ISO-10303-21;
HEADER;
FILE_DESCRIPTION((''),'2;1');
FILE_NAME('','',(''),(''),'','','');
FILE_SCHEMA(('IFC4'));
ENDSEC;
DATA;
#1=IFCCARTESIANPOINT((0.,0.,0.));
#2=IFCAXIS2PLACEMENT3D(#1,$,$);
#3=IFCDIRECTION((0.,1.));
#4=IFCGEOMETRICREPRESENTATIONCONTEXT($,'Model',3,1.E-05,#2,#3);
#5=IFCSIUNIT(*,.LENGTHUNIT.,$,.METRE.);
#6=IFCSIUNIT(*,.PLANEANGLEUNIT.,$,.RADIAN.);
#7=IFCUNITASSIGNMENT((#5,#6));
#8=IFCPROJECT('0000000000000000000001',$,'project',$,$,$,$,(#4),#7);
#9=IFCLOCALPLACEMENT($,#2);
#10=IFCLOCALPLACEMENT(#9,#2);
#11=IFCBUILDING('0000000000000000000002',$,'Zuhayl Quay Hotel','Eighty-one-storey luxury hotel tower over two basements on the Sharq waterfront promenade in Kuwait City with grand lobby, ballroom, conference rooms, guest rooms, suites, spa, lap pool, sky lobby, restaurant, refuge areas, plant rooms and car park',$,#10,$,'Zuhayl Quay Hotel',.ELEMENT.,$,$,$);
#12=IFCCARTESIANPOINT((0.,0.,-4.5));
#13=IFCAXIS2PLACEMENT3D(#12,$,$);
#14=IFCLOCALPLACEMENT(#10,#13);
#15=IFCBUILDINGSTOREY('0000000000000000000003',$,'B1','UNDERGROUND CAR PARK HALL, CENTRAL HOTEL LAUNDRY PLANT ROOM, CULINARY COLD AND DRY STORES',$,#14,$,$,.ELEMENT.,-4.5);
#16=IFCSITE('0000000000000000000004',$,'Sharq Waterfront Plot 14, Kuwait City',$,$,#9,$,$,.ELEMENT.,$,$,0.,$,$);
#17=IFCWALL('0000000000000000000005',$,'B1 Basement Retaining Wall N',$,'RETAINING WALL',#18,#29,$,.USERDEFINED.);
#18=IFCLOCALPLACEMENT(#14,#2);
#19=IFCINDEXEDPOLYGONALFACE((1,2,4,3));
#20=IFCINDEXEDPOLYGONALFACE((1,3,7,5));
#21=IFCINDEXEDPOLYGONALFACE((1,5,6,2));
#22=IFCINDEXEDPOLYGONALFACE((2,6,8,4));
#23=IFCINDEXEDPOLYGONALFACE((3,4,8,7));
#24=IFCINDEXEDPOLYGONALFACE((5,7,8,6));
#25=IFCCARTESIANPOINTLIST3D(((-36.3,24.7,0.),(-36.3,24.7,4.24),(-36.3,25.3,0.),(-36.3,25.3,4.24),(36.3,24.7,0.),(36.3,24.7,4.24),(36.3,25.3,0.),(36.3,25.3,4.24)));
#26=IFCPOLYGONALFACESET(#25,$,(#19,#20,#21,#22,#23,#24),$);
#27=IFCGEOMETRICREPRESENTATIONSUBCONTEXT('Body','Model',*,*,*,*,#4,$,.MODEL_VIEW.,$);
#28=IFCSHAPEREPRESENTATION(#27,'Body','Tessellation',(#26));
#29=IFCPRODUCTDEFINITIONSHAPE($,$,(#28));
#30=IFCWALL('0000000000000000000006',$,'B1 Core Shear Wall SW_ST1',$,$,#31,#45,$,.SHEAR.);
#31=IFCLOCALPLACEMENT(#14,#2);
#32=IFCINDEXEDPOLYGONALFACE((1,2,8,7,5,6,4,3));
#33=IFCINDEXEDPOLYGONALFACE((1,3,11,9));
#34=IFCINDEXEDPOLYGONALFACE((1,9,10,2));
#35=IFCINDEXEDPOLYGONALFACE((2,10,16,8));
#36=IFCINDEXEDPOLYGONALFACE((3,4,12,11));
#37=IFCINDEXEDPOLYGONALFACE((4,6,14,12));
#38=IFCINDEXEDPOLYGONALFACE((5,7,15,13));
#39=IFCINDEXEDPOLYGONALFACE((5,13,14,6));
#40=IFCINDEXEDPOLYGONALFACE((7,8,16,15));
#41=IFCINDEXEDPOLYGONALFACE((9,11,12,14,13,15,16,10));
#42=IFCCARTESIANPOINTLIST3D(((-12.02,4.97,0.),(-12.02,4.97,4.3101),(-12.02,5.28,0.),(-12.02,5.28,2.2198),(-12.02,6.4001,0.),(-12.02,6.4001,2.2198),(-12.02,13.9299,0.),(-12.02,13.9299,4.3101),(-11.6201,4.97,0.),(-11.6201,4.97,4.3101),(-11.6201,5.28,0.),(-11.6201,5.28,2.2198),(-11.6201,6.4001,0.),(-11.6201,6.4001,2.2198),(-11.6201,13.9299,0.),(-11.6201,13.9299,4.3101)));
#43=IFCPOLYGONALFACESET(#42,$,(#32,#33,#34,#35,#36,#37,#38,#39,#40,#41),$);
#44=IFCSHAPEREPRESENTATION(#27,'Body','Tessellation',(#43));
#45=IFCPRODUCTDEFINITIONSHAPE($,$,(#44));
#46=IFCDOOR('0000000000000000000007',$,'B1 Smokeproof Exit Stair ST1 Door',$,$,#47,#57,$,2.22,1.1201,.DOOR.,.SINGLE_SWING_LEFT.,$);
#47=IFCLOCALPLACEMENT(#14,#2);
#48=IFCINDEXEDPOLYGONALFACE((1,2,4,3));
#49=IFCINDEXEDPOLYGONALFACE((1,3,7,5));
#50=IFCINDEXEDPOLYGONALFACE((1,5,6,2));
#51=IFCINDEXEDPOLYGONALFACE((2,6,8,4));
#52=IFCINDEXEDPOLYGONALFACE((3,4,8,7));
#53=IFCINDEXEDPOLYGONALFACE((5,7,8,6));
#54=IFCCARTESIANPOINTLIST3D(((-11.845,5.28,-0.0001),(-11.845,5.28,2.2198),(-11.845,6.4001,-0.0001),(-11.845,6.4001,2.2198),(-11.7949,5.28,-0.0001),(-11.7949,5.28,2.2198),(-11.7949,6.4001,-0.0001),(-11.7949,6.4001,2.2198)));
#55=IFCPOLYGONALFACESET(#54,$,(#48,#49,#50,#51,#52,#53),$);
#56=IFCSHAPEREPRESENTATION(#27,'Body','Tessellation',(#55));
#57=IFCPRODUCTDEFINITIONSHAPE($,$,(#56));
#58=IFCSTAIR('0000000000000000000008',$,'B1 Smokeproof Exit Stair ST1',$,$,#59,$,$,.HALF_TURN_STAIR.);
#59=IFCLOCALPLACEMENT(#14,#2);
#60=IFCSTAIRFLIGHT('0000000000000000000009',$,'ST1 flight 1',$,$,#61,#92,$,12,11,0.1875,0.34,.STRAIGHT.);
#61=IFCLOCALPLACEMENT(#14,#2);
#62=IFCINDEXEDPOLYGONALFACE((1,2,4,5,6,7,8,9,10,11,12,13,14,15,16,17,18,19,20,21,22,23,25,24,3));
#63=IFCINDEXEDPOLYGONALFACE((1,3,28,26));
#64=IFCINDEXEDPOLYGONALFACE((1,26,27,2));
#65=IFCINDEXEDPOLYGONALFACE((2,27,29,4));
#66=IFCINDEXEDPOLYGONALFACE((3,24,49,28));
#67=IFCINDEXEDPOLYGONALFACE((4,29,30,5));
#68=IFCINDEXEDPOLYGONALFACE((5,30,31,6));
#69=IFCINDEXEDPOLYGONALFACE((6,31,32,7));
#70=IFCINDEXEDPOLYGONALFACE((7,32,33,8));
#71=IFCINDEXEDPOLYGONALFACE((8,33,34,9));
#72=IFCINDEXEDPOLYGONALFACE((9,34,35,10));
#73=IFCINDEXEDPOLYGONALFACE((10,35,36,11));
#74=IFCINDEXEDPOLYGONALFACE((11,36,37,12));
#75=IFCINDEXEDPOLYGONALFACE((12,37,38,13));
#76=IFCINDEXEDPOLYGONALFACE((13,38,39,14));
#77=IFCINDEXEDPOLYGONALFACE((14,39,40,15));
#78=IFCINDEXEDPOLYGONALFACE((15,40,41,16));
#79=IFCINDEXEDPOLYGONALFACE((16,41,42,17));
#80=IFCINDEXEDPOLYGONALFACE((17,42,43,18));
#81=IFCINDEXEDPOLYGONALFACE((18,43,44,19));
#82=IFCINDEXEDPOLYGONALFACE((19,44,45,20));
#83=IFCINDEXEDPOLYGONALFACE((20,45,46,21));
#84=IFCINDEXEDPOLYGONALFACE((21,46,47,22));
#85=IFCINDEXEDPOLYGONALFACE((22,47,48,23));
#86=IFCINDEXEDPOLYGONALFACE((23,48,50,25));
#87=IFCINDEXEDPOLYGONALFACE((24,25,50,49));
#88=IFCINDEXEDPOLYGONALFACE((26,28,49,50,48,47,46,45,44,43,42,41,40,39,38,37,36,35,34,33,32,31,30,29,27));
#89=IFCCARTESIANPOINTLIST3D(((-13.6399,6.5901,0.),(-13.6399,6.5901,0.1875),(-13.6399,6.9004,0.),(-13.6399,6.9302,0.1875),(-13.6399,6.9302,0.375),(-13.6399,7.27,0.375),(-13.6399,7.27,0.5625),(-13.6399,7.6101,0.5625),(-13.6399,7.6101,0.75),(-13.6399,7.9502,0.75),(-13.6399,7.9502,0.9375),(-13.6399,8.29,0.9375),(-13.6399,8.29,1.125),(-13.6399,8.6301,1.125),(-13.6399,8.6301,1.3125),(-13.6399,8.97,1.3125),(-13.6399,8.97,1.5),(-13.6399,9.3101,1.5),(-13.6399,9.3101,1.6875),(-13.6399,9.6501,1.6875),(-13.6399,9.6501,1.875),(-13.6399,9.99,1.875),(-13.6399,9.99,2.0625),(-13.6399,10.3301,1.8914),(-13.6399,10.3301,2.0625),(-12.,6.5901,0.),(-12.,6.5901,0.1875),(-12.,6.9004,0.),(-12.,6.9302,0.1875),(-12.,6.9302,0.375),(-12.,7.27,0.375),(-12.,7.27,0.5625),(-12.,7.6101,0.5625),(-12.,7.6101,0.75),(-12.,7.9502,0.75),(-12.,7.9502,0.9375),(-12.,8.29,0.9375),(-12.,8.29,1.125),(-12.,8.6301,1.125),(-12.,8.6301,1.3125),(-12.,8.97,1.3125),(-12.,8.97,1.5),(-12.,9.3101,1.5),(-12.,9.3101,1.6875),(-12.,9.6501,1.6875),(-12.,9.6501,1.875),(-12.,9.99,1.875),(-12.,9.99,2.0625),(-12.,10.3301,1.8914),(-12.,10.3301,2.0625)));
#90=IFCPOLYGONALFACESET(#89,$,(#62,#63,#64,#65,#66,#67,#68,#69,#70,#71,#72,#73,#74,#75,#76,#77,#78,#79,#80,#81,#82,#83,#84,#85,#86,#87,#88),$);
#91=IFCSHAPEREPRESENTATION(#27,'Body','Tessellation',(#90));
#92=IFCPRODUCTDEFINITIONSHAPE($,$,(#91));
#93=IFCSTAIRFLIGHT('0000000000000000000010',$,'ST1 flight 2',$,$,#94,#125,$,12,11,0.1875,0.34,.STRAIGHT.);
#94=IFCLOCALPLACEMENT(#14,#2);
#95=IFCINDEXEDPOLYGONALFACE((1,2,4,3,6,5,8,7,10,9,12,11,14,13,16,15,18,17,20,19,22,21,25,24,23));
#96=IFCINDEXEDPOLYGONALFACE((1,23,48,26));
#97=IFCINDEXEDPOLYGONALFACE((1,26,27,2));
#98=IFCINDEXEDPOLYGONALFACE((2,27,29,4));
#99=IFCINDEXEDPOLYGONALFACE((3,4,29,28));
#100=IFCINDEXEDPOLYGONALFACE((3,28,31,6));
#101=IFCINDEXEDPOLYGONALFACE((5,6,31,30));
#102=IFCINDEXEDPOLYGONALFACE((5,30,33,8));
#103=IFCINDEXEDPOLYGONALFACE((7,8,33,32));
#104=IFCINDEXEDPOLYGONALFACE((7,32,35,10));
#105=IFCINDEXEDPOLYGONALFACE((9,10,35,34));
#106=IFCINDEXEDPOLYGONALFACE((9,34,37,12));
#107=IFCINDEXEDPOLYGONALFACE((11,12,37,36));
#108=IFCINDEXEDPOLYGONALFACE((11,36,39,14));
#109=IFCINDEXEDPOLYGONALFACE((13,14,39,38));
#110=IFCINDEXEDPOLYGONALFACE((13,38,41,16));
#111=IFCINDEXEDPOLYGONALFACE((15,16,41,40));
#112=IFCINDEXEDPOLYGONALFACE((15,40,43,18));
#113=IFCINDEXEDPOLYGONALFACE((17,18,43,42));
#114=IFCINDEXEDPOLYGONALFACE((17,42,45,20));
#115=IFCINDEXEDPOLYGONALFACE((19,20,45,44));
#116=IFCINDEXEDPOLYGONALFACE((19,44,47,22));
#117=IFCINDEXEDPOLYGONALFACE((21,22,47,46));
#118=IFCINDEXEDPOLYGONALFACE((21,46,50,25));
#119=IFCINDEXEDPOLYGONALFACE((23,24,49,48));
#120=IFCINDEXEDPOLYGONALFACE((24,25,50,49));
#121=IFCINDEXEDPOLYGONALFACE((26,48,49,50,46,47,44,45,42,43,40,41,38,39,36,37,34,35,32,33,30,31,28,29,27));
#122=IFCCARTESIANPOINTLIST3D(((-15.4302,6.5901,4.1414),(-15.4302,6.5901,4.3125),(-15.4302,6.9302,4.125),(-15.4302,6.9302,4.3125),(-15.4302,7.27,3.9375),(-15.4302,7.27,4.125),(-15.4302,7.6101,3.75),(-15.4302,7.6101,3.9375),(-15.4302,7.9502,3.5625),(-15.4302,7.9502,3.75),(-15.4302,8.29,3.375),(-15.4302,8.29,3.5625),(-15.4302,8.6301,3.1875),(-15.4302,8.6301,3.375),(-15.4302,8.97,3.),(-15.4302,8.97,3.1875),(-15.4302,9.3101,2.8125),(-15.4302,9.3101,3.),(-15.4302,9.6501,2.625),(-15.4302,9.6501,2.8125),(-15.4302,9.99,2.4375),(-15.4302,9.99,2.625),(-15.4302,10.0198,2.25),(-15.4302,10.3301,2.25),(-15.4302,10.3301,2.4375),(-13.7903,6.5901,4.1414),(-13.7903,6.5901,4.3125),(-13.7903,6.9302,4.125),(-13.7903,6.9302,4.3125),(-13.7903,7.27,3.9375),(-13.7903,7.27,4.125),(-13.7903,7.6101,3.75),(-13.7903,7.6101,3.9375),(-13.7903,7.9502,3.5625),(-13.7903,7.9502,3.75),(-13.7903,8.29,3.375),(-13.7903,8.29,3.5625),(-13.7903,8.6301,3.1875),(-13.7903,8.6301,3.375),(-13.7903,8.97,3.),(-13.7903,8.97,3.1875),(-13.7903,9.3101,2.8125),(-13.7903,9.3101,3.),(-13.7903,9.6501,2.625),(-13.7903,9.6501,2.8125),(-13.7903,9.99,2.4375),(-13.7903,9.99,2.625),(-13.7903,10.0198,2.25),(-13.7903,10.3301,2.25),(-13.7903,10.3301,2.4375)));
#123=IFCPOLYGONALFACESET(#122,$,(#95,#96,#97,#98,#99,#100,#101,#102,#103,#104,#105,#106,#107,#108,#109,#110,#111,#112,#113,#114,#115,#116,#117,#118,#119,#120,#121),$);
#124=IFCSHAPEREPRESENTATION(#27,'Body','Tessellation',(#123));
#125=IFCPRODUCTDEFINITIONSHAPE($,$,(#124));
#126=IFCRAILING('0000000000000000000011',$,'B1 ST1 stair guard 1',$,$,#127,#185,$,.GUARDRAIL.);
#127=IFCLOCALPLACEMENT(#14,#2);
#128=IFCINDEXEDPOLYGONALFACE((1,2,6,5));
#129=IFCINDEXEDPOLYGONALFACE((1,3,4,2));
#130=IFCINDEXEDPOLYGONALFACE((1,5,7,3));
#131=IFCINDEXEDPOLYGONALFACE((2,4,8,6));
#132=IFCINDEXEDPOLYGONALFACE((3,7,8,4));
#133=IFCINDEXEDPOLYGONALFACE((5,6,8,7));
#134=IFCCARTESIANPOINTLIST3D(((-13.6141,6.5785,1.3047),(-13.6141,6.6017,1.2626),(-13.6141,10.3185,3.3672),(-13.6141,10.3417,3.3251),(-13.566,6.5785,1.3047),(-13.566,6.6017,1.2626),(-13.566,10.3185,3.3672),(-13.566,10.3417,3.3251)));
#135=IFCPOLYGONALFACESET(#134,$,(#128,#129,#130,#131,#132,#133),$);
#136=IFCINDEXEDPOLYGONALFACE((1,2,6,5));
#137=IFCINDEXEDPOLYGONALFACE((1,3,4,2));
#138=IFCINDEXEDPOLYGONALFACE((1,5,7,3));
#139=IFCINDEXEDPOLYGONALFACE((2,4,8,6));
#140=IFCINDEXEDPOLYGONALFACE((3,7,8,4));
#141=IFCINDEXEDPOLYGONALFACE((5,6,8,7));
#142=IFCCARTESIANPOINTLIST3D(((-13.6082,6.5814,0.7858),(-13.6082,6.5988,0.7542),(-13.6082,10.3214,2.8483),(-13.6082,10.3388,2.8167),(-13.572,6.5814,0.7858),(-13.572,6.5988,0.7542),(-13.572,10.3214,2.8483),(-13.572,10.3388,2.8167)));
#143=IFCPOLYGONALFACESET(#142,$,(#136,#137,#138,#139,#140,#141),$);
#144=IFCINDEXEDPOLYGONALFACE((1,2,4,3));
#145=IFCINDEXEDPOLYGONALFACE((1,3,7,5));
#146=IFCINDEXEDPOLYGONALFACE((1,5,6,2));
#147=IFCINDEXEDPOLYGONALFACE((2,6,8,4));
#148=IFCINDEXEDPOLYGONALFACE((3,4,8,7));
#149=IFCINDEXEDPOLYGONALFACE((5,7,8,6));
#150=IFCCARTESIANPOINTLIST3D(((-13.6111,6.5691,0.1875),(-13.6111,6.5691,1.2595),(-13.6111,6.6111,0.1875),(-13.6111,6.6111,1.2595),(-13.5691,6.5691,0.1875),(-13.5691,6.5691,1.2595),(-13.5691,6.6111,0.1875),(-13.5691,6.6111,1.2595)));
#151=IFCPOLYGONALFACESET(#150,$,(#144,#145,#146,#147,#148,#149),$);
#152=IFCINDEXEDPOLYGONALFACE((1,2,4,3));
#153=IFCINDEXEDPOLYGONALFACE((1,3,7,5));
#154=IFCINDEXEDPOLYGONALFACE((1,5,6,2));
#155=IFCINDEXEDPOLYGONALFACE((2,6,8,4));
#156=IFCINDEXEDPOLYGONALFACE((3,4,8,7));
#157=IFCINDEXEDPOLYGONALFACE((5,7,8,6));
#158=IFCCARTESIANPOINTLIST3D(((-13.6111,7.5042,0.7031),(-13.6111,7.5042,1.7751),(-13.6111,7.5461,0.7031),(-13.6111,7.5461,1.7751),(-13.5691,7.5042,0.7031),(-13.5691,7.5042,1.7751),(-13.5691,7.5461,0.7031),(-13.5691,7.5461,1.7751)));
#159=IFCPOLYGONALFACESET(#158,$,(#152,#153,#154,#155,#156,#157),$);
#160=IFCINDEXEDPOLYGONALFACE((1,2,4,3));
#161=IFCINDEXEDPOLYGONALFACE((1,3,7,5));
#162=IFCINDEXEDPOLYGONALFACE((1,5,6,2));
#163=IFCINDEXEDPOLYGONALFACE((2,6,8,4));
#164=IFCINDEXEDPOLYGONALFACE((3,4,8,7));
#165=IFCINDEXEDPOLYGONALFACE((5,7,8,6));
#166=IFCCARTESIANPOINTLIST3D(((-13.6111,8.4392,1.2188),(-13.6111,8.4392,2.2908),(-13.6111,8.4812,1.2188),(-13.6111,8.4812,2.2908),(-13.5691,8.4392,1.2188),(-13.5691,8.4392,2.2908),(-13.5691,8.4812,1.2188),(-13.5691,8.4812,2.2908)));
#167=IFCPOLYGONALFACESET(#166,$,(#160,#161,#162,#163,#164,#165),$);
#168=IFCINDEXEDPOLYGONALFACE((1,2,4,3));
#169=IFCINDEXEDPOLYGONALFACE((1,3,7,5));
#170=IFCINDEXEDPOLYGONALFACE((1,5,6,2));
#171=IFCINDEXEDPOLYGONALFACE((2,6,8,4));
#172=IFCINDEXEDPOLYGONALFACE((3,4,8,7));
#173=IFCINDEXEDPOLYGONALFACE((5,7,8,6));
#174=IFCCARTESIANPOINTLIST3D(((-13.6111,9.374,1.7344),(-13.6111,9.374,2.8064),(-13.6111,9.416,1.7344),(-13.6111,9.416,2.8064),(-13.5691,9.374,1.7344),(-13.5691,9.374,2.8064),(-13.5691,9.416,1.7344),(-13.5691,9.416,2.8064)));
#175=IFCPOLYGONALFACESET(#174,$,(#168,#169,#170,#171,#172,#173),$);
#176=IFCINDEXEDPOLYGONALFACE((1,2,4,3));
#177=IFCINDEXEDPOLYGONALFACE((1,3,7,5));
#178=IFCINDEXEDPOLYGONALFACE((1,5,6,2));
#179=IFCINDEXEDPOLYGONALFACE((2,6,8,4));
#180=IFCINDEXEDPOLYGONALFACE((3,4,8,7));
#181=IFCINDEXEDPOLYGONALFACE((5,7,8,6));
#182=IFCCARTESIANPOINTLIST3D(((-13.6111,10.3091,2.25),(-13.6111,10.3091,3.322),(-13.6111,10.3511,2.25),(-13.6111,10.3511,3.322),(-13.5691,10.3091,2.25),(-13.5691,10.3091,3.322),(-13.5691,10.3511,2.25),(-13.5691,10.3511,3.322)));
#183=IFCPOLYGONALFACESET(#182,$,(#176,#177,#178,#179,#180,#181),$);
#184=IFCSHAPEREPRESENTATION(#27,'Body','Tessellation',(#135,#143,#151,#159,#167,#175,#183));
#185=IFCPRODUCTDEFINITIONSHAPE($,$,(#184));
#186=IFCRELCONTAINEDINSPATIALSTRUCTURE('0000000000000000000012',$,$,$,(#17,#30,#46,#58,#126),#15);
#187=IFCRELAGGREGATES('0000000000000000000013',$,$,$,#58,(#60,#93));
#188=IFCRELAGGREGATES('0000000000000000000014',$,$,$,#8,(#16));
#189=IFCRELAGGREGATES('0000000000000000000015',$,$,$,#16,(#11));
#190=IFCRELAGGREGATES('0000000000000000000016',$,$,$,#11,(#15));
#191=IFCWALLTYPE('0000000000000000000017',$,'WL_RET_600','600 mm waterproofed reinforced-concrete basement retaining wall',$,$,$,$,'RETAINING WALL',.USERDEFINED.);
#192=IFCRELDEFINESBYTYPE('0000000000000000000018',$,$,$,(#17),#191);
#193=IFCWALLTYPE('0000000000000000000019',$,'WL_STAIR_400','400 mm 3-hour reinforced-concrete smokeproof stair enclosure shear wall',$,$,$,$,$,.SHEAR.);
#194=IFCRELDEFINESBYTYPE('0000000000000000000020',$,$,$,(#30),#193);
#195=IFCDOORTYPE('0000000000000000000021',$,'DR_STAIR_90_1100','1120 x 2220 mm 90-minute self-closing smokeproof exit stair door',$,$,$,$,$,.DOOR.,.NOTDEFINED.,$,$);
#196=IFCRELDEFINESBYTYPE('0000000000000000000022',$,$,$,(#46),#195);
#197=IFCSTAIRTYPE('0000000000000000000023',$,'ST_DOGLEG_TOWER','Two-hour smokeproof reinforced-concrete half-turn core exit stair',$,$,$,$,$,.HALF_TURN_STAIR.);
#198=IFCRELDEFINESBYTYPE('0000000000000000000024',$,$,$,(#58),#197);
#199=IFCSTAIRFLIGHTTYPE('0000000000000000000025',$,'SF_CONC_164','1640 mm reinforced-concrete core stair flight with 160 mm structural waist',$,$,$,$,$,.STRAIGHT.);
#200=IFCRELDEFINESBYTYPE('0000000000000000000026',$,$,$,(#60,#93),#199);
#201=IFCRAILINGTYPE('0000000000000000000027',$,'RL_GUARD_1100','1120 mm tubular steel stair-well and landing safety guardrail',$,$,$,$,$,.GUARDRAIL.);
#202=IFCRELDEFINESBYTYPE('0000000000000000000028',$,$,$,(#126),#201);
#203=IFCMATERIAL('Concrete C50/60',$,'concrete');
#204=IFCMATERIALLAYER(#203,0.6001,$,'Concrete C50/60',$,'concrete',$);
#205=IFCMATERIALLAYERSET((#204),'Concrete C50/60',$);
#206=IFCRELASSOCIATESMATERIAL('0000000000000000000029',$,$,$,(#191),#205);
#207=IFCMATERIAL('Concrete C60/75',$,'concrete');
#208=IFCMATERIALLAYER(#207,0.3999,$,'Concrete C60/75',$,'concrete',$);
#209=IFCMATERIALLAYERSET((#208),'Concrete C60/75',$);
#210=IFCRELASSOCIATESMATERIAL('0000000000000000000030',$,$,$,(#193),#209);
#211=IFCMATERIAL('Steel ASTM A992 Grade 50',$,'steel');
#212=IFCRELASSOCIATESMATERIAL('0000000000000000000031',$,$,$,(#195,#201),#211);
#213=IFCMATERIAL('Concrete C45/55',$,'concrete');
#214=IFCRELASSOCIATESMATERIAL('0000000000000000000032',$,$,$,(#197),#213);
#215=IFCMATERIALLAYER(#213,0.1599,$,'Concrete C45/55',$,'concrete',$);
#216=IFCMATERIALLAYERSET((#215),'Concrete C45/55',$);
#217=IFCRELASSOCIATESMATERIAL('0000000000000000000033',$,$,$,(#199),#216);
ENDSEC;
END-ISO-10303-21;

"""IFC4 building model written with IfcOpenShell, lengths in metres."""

from ifc_helpers import new_model, si_unit, direction, frame, frame_2d, origin, origin_2d, place, context, subcontext, project, spatial, polyline, rectangle, outline, extrude, material, layer, layer_set, type_object, element, fill, aggregate, save


model = new_model("IFC4")

# Units and contexts
model_context = context("Model", 3, precision=1e-05, world=origin(), true_north=direction((0.0, 1.0)))
body_context = subcontext(model_context, "Body", "Model", "MODEL_VIEW")
ifc_project = project(units=[si_unit("LENGTHUNIT", "METRE"), si_unit("PLANEANGLEUNIT", "RADIAN")], contexts=[model_context])

# Site, building, storey
site_placement = place(None, origin())
site = spatial("IfcSite", under=ifc_project, at=site_placement, Name="Sharq Waterfront Plot 14, Kuwait City", CompositionType="ELEMENT", RefElevation=0.0)
building_placement = place(site_placement, origin())
building = spatial("IfcBuilding", under=site, at=building_placement, Name="Zuhayl Quay Hotel", Description="Eighty-one-storey luxury hotel tower over two basements on the Sharq waterfront promenade in Kuwait City with grand lobby, ballroom, conference rooms, guest rooms, suites, spa, lap pool, sky lobby, restaurant, refuge areas, plant rooms and car park", LongName="Zuhayl Quay Hotel", CompositionType="ELEMENT")
storey_placement = place(building_placement, frame((0.0, 0.0, -4.5)))
storey = spatial("IfcBuildingStorey", under=building, at=storey_placement, Name="B1", Description="UNDERGROUND CAR PARK HALL, CENTRAL HOTEL LAUNDRY PLANT ROOM, CULINARY COLD AND DRY STORES", CompositionType="ELEMENT", Elevation=-4.5)

# Shared definitions
ifc_material_1 = material(Name="Concrete C50/60", Category="concrete")

# Shared definitions
ifc_material_2 = material(Name="Steel ASTM A992 Grade 50", Category="steel")

# Wall
ifc_layer_1 = layer(ifc_material_1, 0.6001, Name="Concrete C50/60", Category="concrete")
ifc_layer_set_1 = layer_set([ifc_layer_1], Name="Concrete C50/60")
wall_type_1 = type_object("IfcWallType", Name="WL_RET_600", Description="600 mm waterproofed reinforced-concrete basement retaining wall", ElementType="RETAINING WALL", PredefinedType="USERDEFINED", material=ifc_layer_set_1)
wall_1_placement = place(storey_placement, frame((-36.3, 25.0, 0.0), z_axis=(0.0, 0.0, 1.0), x_axis=(1.0, 0.0, 0.0)))
element("IfcWall", 1, at=wall_1_placement, inside=storey, type_object=wall_type_1, Name="B1 Basement Retaining Wall N", ObjectType="RETAINING WALL", PredefinedType="USERDEFINED", context=body_context, shape_type="SweptSolid", body=[
    extrude(rectangle(XDim=72.6001, YDim=0.6001, at=frame_2d((36.3, 0.0))), origin(), (0.0, 0.0, 1.0), 4.24),
])

# Wall, opening, door
ifc_material_3 = material(Name="Concrete C60/75", Category="concrete")
ifc_layer_2 = layer(ifc_material_3, 0.3999, Name="Concrete C60/75", Category="concrete")
ifc_layer_set_2 = layer_set([ifc_layer_2], Name="Concrete C60/75")
wall_type_2 = type_object("IfcWallType", Name="WL_STAIR_400", Description="400 mm 3-hour reinforced-concrete smokeproof stair enclosure shear wall", PredefinedType="SHEAR", material=ifc_layer_set_2)
wall_2_placement = place(storey_placement, frame((-11.8201, 4.97, 0.0), z_axis=(0.0, 0.0, 1.0), x_axis=(0.0, 1.0, 0.0)))
wall_2 = element("IfcWall", 2, at=wall_2_placement, inside=storey, type_object=wall_type_2, Name="B1 Core Shear Wall SW_ST1", PredefinedType="SHEAR", context=body_context, shape_type="SweptSolid", body=[
    extrude(rectangle(XDim=8.96, YDim=0.3999, at=frame_2d((4.48, 0.0))), origin(), (0.0, 0.0, 1.0), 4.3101),
])
opening_1_placement = place(wall_2_placement, frame((0.3101, 0.0, 0.0)))
opening_1 = element("IfcOpeningElement", 3, at=opening_1_placement, cuts=wall_2, PredefinedType="OPENING", context=body_context, shape_type="SweptSolid", body=[
    extrude(rectangle(XDim=1.1201, YDim=2.22, at=frame_2d((0.5601, 1.1099))), frame((0.0, 0.21, 0.0), z_axis=(0.0, -1.0, 0.0), x_axis=(1.0, 0.0, 0.0)), (0.0, 0.0, 1.0), 0.4199),
])
door_type_1 = type_object("IfcDoorType", Name="DR_STAIR_90_1100", Description="1120 x 2220 mm 90-minute self-closing smokeproof exit stair door", OperationType="NOTDEFINED", PredefinedType="DOOR", material=ifc_material_2)
door_1_placement = place(opening_1_placement, origin())
door_1 = element("IfcDoor", 4, at=door_1_placement, inside=storey, type_object=door_type_1, Name="B1 Smokeproof Exit Stair ST1 Door", OperationType="SINGLE_SWING_LEFT", OverallHeight=2.22, OverallWidth=1.1201, PredefinedType="DOOR", context=body_context, shape_type="SweptSolid", body=[
    extrude(rectangle(XDim=1.1201, YDim=2.22, at=frame_2d((0.5601, 1.1099))), frame((0.0, 0.0249, 0.0), z_axis=(0.0, -1.0, 0.0), x_axis=(1.0, 0.0, 0.0)), (0.0, 0.0, 1.0), 0.05),
])
fill(opening_1, door_1)

# Stair, stair flights
ifc_material_4 = material(Name="Concrete C45/55", Category="concrete")
stair_type = type_object("IfcStairType", Name="ST_DOGLEG_TOWER", Description="Two-hour smokeproof reinforced-concrete half-turn core exit stair", PredefinedType="HALF_TURN_STAIR", material=ifc_material_4)
stair_placement = place(storey_placement, origin())
stair = element("IfcStair", 5, at=stair_placement, inside=storey, type_object=stair_type, Name="B1 Smokeproof Exit Stair ST1", PredefinedType="HALF_TURN_STAIR")
ifc_layer_3 = layer(ifc_material_4, 0.1599, Name="Concrete C45/55", Category="concrete")
ifc_layer_set_3 = layer_set([ifc_layer_3], Name="Concrete C45/55")
stair_flight_type = type_object("IfcStairFlightType", Name="SF_CONC_164", Description="1640 mm reinforced-concrete core stair flight with 160 mm structural waist", PredefinedType="STRAIGHT", material=ifc_layer_set_3)
stair_flight_1_placement = place(storey_placement, frame((-12.8201, 6.5901, 0.0), z_axis=(0.0, 0.0, 1.0), x_axis=(0.0, 1.0, 0.0)))
stair_flight_1 = element("IfcStairFlight", 6, at=stair_flight_1_placement, type_object=stair_flight_type, Name="ST1 flight 1", NumberOfRisers=12, NumberOfTreads=11, PredefinedType="STRAIGHT", RiserHeight=0.1875, TreadLength=0.34, context=body_context, shape_type="SweptSolid", body=[
    extrude(outline(polyline([(0.0, 0.0), (0.0, 0.1875), (0.3401, 0.1875), (0.3401, 0.375), (0.6799, 0.375), (0.6799, 0.5625), (1.02, 0.5625), (1.02, 0.75), (1.3601, 0.75), (1.3601, 0.9375), (1.7, 0.9375), (1.7, 1.125), (2.04, 1.125), (2.04, 1.3125), (2.3799, 1.3125), (2.3799, 1.5), (2.72, 1.5), (2.72, 1.6875), (3.0601, 1.6875), (3.0601, 1.875), (3.3999, 1.875), (3.3999, 2.0625), (3.74, 2.0625), (3.74, 2.25), (3.74, 1.8914), (0.3103, 0.0), (0.0, 0.0)])), frame((0.0, 0.8198, 0.0), z_axis=(0.0, -1.0, 0.0), x_axis=(1.0, 0.0, 0.0)), (0.0, 0.0, 1.0), 1.6399),
])
stair_flight_2_placement = place(storey_placement, frame((-14.6101, 10.3301, 2.25), z_axis=(0.0, 0.0, 1.0), x_axis=(0.0, -1.0, 0.0)))
stair_flight_2 = element("IfcStairFlight", 7, at=stair_flight_2_placement, type_object=stair_flight_type, Name="ST1 flight 2", NumberOfRisers=12, NumberOfTreads=11, PredefinedType="STRAIGHT", RiserHeight=0.1875, TreadLength=0.34, context=body_context, shape_type="SweptSolid", body=[
    extrude(outline(polyline([(0.0, 0.0), (0.0, 0.1875), (0.3401, 0.1875), (0.3401, 0.375), (0.6799, 0.375), (0.6799, 0.5625), (1.02, 0.5625), (1.02, 0.75), (1.3601, 0.75), (1.3601, 0.9375), (1.7, 0.9375), (1.7, 1.125), (2.04, 1.125), (2.04, 1.3125), (2.3799, 1.3125), (2.3799, 1.5), (2.72, 1.5), (2.72, 1.6875), (3.0601, 1.6875), (3.0601, 1.875), (3.3999, 1.875), (3.3999, 2.0625), (3.74, 2.0625), (3.74, 2.25), (3.74, 1.8914), (0.3103, 0.0), (0.0, 0.0)])), frame((0.0, 0.8198, 0.0), z_axis=(0.0, -1.0, 0.0), x_axis=(1.0, 0.0, 0.0)), (0.0, 0.0, 1.0), 1.6399),
])
aggregate(stair, [stair_flight_1, stair_flight_2])

# Railing
railing_type_1 = type_object("IfcRailingType", Name="RL_GUARD_1100", Description="1120 mm tubular steel stair-well and landing safety guardrail", PredefinedType="GUARDRAIL", material=ifc_material_2)
railing_1_placement = place(storey_placement, frame((-13.5901, 6.5901, 0.1875)))
element("IfcRailing", 8, at=railing_1_placement, inside=storey, type_object=railing_type_1, Name="B1 ST1 stair guard 1", PredefinedType="GUARDRAIL", context=body_context, shape_type="SweptSolid", body=[
    extrude(rectangle(XDim=0.0481, YDim=0.0481, at=origin_2d()), frame((0.0, 0.0, 1.0962), z_axis=(0.0, 0.875671, 0.482908), x_axis=(-1.0, 0.0, 0.0)), (0.0, 0.0, 1.0), 4.271),
    extrude(rectangle(XDim=0.0361, YDim=0.0361, at=origin_2d()), frame((0.0, 0.0, 0.5825), z_axis=(0.0, 0.875671, 0.482908), x_axis=(-1.0, 0.0, 0.0)), (0.0, 0.0, 1.0), 4.271),
    extrude(rectangle(XDim=0.042, YDim=0.042, at=origin_2d()), origin(), (0.0, 0.0, 1.0), 1.072),
    extrude(rectangle(XDim=0.042, YDim=0.042, at=origin_2d()), frame((0.0, 0.9351, 0.5156)), (0.0, 0.0, 1.0), 1.072),
    extrude(rectangle(XDim=0.042, YDim=0.042, at=origin_2d()), frame((0.0, 1.8701, 1.0312)), (0.0, 0.0, 1.0), 1.072),
    extrude(rectangle(XDim=0.042, YDim=0.042, at=origin_2d()), frame((0.0, 2.8049, 1.5469)), (0.0, 0.0, 1.0), 1.072),
    extrude(rectangle(XDim=0.042, YDim=0.042, at=origin_2d()), frame((0.0, 3.74, 2.0625)), (0.0, 0.0, 1.0), 1.072),
])

save(model, "model.ifc")
